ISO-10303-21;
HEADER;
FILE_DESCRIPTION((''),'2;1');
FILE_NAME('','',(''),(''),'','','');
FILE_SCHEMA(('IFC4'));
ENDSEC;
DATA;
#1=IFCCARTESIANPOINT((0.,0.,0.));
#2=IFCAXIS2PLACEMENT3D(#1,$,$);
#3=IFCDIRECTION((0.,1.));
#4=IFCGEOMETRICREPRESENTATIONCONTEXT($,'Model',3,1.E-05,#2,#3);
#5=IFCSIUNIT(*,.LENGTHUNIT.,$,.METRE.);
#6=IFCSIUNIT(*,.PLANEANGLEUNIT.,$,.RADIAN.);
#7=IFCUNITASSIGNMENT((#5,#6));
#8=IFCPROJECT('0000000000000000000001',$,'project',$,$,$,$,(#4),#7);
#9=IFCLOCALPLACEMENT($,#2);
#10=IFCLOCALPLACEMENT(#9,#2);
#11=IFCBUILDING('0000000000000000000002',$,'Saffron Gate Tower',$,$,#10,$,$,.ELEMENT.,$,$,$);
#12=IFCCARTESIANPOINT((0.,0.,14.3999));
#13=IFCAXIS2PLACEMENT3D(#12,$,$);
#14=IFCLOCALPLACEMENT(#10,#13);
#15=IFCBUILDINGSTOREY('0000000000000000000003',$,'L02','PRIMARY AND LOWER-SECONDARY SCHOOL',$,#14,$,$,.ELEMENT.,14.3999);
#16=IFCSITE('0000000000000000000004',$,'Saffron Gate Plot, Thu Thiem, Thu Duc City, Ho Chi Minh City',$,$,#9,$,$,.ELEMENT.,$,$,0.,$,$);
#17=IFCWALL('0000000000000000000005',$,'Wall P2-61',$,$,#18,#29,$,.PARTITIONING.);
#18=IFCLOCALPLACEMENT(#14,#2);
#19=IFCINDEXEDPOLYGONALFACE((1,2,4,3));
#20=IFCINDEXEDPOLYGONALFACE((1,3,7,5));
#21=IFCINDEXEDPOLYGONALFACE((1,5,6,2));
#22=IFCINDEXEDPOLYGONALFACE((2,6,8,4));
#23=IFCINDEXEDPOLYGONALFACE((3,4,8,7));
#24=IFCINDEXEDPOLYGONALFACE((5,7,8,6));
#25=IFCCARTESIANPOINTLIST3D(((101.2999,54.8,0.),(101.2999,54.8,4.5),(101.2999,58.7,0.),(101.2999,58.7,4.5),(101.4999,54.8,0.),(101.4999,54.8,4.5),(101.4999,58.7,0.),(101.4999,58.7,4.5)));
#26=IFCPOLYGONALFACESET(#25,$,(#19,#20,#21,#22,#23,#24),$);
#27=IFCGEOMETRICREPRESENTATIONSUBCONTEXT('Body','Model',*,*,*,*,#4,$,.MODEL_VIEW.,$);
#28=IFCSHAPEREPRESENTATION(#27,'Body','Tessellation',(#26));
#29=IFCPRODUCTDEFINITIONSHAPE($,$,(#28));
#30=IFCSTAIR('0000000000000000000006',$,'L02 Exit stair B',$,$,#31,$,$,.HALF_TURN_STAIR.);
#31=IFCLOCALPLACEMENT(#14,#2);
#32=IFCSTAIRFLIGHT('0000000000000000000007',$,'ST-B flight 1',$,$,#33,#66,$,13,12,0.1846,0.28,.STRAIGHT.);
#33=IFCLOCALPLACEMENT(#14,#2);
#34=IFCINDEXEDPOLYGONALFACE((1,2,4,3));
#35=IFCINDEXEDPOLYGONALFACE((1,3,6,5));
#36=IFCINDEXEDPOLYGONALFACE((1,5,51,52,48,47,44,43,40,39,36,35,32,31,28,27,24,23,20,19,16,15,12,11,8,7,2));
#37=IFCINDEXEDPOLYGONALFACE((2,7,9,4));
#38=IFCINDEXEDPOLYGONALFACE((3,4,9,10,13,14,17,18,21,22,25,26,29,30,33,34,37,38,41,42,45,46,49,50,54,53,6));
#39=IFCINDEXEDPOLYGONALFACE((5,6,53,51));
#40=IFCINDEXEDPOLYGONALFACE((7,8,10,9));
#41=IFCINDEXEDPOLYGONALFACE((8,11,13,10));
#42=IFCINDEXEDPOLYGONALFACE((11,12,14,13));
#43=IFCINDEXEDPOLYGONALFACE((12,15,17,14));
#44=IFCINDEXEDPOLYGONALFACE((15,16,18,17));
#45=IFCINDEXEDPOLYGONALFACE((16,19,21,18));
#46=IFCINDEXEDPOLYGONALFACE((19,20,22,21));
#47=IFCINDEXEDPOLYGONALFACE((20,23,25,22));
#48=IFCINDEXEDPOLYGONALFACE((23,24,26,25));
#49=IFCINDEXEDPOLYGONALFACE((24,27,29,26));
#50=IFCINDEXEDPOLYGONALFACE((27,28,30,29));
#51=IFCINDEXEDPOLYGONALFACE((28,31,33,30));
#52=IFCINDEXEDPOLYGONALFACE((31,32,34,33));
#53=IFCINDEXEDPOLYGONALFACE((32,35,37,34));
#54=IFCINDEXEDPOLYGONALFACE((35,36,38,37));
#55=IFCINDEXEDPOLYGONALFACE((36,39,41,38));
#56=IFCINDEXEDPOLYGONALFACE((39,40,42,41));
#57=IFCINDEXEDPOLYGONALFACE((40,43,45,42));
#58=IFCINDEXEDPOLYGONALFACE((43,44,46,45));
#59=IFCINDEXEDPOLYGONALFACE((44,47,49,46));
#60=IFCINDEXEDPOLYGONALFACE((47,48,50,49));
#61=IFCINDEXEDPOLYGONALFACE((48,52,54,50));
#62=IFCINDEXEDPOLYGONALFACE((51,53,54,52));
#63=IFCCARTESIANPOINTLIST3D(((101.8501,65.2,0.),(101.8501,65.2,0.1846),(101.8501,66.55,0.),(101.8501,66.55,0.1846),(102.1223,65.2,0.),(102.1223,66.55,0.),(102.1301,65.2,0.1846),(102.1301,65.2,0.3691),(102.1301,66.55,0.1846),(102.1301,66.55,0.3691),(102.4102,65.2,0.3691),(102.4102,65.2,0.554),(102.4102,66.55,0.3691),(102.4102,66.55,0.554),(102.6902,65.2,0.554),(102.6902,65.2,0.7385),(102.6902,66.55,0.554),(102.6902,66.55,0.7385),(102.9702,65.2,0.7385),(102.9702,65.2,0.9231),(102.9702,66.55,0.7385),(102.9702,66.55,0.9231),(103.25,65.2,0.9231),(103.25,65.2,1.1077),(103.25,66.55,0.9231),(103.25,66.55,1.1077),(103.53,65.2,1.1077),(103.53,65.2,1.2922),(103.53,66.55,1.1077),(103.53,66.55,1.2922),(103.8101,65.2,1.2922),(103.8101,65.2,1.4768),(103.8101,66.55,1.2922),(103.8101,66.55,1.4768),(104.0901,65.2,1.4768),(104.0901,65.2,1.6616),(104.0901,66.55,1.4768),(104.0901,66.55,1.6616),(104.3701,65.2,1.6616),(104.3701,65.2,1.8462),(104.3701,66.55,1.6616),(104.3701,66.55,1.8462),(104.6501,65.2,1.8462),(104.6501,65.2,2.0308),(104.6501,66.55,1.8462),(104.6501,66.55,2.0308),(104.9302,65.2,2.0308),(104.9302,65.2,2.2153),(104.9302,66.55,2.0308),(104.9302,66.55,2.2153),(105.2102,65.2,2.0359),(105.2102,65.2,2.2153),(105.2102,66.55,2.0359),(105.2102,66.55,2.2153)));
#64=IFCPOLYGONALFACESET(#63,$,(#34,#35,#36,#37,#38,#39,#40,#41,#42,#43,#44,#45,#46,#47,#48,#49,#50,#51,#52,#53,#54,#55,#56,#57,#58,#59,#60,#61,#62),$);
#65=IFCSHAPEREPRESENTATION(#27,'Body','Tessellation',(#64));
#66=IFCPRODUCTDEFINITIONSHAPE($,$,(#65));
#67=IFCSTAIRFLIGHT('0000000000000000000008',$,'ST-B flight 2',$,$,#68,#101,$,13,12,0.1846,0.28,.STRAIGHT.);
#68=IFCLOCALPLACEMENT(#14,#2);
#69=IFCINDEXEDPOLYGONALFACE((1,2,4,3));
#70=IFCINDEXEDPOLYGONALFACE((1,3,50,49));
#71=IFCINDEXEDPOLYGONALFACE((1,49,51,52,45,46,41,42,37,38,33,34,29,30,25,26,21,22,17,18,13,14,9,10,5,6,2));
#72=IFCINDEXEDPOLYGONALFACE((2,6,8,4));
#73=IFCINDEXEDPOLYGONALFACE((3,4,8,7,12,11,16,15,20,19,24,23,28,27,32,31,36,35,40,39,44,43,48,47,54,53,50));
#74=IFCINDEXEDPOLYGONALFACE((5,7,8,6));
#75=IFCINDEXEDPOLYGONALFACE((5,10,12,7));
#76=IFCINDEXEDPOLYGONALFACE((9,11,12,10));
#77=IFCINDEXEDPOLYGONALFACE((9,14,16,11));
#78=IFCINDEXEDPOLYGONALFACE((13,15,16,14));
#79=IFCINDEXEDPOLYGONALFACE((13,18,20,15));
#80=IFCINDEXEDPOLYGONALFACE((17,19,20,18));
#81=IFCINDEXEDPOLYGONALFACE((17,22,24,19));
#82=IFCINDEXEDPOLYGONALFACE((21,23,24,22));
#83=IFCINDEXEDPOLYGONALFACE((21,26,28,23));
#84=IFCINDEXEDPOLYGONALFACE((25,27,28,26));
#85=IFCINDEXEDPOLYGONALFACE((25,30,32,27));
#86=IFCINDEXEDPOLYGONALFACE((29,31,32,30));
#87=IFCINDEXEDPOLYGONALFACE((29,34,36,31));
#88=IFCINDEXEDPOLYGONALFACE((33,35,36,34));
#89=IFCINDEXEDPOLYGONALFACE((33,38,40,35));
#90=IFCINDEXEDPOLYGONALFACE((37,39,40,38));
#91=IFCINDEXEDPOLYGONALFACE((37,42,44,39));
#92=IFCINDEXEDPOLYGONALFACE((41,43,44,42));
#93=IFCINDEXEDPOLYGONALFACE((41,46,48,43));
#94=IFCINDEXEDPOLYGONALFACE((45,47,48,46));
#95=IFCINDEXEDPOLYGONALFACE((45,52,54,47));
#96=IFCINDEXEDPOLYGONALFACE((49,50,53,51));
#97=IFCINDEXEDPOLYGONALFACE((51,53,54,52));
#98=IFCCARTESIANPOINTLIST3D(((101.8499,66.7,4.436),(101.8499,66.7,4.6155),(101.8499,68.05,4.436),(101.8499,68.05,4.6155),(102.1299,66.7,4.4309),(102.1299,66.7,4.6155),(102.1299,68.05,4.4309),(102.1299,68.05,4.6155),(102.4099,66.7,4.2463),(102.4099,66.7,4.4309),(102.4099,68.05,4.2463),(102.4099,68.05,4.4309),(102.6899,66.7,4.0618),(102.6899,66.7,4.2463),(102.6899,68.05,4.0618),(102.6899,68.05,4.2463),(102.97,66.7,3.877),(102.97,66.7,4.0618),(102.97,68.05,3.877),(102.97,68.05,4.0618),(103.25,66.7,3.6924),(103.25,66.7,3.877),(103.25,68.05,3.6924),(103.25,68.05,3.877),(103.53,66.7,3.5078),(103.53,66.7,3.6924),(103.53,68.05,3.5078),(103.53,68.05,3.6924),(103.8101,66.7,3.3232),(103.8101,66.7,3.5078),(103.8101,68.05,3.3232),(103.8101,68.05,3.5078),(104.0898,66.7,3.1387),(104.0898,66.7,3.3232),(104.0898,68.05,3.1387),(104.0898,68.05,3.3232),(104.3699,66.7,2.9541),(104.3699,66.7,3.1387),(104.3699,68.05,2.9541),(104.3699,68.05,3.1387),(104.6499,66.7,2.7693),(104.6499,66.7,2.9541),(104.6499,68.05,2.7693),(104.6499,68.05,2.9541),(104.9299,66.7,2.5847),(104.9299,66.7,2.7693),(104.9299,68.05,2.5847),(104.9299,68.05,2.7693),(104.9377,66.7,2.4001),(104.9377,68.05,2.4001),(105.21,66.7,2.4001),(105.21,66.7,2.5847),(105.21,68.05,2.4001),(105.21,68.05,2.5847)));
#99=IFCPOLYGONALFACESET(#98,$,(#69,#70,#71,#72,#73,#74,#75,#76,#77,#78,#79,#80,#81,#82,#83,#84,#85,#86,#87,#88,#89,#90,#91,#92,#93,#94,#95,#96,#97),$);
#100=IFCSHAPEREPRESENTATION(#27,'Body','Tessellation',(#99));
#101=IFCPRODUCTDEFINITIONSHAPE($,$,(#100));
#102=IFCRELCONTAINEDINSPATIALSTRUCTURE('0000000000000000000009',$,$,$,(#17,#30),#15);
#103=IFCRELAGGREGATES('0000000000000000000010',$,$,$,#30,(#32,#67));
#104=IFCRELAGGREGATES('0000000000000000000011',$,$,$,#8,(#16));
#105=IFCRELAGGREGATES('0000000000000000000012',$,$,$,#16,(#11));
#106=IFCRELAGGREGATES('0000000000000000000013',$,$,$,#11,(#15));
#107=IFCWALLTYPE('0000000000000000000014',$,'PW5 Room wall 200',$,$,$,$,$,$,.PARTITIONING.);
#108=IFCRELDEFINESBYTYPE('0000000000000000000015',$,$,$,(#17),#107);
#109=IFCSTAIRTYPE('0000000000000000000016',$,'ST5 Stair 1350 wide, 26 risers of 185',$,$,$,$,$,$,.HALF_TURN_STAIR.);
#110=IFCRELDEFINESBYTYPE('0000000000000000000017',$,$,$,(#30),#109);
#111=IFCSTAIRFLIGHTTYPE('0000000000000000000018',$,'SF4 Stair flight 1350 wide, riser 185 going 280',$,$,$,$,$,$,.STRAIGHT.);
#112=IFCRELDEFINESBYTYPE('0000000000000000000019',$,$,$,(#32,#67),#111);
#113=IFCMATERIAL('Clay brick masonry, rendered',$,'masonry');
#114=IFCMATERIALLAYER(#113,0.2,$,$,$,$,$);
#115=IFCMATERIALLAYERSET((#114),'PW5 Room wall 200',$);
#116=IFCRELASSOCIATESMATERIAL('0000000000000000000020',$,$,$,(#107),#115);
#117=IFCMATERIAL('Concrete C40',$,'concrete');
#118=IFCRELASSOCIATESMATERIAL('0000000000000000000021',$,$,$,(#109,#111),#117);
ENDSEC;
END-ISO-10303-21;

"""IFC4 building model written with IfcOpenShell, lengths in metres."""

from ifc_helpers import new_model, si_unit, direction, frame, frame_2d, origin, place, context, subcontext, project, spatial, polyline, rectangle, outline, extrude, material, layer, layer_set, type_object, element, aggregate, save


model = new_model("IFC4")

# Units and contexts
model_context = context("Model", 3, precision=1e-05, world=origin(), true_north=direction((0.0, 1.0)))
body_context = subcontext(model_context, "Body", "Model", "MODEL_VIEW")
ifc_project = project(units=[si_unit("LENGTHUNIT", "METRE"), si_unit("PLANEANGLEUNIT", "RADIAN")], contexts=[model_context])

# Site, building, storey
site_placement = place(None, origin())
site = spatial("IfcSite", under=ifc_project, at=site_placement, Name="Saffron Gate Plot, Thu Thiem, Thu Duc City, Ho Chi Minh City", CompositionType="ELEMENT", RefElevation=0.0)
building_placement = place(site_placement, origin())
building = spatial("IfcBuilding", under=site, at=building_placement, Name="Saffron Gate Tower", CompositionType="ELEMENT")
storey_placement = place(building_placement, frame((0.0, 0.0, 14.3999)))
storey = spatial("IfcBuildingStorey", under=building, at=storey_placement, Name="L02", Description="PRIMARY AND LOWER-SECONDARY SCHOOL", CompositionType="ELEMENT", Elevation=14.3999)

# Wall
ifc_material_1 = material(Name="Clay brick masonry, rendered", Category="masonry")
ifc_layer_1 = layer(ifc_material_1, 0.2)
ifc_layer_set_1 = layer_set([ifc_layer_1], Name="PW5 Room wall 200")
wall_type_1 = type_object("IfcWallType", Name="PW5 Room wall 200", PredefinedType="PARTITIONING", material=ifc_layer_set_1)
wall_1_placement = place(storey_placement, frame((101.3999, 58.7, 0.0), z_axis=(0.0, 0.0, 1.0), x_axis=(0.0, -1.0, 0.0)))
element("IfcWall", 1, at=wall_1_placement, inside=storey, type_object=wall_type_1, Name="Wall P2-61", PredefinedType="PARTITIONING", context=body_context, shape_type="SweptSolid", body=[
    extrude(rectangle(XDim=3.8999, YDim=0.2, at=frame_2d((1.95, 0.0))), origin(), (0.0, 0.0, 1.0), 4.5),
])

# Stair, stair flights
ifc_material_2 = material(Name="Concrete C40", Category="concrete")
stair_type = type_object("IfcStairType", Name="ST5 Stair 1350 wide, 26 risers of 185", PredefinedType="HALF_TURN_STAIR", material=ifc_material_2)
stair_placement = place(storey_placement, origin())
stair = element("IfcStair", 2, at=stair_placement, inside=storey, type_object=stair_type, Name="L02 Exit stair B", PredefinedType="HALF_TURN_STAIR")
stair_flight_type = type_object("IfcStairFlightType", Name="SF4 Stair flight 1350 wide, riser 185 going 280", PredefinedType="STRAIGHT", material=ifc_material_2)
stair_flight_1_placement = place(storey_placement, frame((101.8501, 65.875, 0.0), z_axis=(0.0, 0.0, 1.0), x_axis=(1.0, 0.0, 0.0)))
stair_flight_1 = element("IfcStairFlight", 3, at=stair_flight_1_placement, type_object=stair_flight_type, Name="ST-B flight 1", NumberOfRisers=13, NumberOfTreads=12, PredefinedType="STRAIGHT", RiserHeight=0.1846, TreadLength=0.28, context=body_context, shape_type="SweptSolid", body=[
    extrude(outline(polyline([(0.0, 0.0), (0.0, 0.1846), (0.28, 0.1846), (0.28, 0.3691), (0.5601, 0.3691), (0.5601, 0.554), (0.8401, 0.554), (0.8401, 0.7385), (1.1201, 0.7385), (1.1201, 0.9231), (1.3999, 0.9231), (1.3999, 1.1077), (1.6799, 1.1077), (1.6799, 1.2922), (1.96, 1.2922), (1.96, 1.4768), (2.24, 1.4768), (2.24, 1.6616), (2.52, 1.6616), (2.52, 1.8462), (2.8, 1.8462), (2.8, 2.0308), (3.0801, 2.0308), (3.0801, 2.2153), (3.3601, 2.2153), (3.3601, 2.3999), (3.3601, 2.0359), (0.2722, 0.0), (0.0, 0.0)])), frame((0.0, 0.675, 0.0), z_axis=(0.0, -1.0, 0.0), x_axis=(1.0, 0.0, 0.0)), (0.0, 0.0, 1.0), 1.3501),
])
stair_flight_2_placement = place(storey_placement, frame((105.21, 67.375, 2.4001), z_axis=(0.0, 0.0, 1.0), x_axis=(-1.0, 0.0, 0.0)))
stair_flight_2 = element("IfcStairFlight", 4, at=stair_flight_2_placement, type_object=stair_flight_type, Name="ST-B flight 2", NumberOfRisers=13, NumberOfTreads=12, PredefinedType="STRAIGHT", RiserHeight=0.1846, TreadLength=0.28, context=body_context, shape_type="SweptSolid", body=[
    extrude(outline(polyline([(0.0, 0.0), (0.0, 0.1846), (0.28, 0.1846), (0.28, 0.3691), (0.5601, 0.3691), (0.5601, 0.554), (0.8401, 0.554), (0.8401, 0.7385), (1.1201, 0.7385), (1.1201, 0.9231), (1.3999, 0.9231), (1.3999, 1.1077), (1.6799, 1.1077), (1.6799, 1.2922), (1.96, 1.2922), (1.96, 1.4768), (2.24, 1.4768), (2.24, 1.6616), (2.52, 1.6616), (2.52, 1.8462), (2.8, 1.8462), (2.8, 2.0308), (3.0801, 2.0308), (3.0801, 2.2153), (3.3601, 2.2153), (3.3601, 2.3999), (3.3601, 2.0359), (0.2722, 0.0), (0.0, 0.0)])), frame((0.0, 0.675, 0.0), z_axis=(0.0, -1.0, 0.0), x_axis=(1.0, 0.0, 0.0)), (0.0, 0.0, 1.0), 1.3501),
])
aggregate(stair, [stair_flight_1, stair_flight_2])

save(model, "model.ifc")
